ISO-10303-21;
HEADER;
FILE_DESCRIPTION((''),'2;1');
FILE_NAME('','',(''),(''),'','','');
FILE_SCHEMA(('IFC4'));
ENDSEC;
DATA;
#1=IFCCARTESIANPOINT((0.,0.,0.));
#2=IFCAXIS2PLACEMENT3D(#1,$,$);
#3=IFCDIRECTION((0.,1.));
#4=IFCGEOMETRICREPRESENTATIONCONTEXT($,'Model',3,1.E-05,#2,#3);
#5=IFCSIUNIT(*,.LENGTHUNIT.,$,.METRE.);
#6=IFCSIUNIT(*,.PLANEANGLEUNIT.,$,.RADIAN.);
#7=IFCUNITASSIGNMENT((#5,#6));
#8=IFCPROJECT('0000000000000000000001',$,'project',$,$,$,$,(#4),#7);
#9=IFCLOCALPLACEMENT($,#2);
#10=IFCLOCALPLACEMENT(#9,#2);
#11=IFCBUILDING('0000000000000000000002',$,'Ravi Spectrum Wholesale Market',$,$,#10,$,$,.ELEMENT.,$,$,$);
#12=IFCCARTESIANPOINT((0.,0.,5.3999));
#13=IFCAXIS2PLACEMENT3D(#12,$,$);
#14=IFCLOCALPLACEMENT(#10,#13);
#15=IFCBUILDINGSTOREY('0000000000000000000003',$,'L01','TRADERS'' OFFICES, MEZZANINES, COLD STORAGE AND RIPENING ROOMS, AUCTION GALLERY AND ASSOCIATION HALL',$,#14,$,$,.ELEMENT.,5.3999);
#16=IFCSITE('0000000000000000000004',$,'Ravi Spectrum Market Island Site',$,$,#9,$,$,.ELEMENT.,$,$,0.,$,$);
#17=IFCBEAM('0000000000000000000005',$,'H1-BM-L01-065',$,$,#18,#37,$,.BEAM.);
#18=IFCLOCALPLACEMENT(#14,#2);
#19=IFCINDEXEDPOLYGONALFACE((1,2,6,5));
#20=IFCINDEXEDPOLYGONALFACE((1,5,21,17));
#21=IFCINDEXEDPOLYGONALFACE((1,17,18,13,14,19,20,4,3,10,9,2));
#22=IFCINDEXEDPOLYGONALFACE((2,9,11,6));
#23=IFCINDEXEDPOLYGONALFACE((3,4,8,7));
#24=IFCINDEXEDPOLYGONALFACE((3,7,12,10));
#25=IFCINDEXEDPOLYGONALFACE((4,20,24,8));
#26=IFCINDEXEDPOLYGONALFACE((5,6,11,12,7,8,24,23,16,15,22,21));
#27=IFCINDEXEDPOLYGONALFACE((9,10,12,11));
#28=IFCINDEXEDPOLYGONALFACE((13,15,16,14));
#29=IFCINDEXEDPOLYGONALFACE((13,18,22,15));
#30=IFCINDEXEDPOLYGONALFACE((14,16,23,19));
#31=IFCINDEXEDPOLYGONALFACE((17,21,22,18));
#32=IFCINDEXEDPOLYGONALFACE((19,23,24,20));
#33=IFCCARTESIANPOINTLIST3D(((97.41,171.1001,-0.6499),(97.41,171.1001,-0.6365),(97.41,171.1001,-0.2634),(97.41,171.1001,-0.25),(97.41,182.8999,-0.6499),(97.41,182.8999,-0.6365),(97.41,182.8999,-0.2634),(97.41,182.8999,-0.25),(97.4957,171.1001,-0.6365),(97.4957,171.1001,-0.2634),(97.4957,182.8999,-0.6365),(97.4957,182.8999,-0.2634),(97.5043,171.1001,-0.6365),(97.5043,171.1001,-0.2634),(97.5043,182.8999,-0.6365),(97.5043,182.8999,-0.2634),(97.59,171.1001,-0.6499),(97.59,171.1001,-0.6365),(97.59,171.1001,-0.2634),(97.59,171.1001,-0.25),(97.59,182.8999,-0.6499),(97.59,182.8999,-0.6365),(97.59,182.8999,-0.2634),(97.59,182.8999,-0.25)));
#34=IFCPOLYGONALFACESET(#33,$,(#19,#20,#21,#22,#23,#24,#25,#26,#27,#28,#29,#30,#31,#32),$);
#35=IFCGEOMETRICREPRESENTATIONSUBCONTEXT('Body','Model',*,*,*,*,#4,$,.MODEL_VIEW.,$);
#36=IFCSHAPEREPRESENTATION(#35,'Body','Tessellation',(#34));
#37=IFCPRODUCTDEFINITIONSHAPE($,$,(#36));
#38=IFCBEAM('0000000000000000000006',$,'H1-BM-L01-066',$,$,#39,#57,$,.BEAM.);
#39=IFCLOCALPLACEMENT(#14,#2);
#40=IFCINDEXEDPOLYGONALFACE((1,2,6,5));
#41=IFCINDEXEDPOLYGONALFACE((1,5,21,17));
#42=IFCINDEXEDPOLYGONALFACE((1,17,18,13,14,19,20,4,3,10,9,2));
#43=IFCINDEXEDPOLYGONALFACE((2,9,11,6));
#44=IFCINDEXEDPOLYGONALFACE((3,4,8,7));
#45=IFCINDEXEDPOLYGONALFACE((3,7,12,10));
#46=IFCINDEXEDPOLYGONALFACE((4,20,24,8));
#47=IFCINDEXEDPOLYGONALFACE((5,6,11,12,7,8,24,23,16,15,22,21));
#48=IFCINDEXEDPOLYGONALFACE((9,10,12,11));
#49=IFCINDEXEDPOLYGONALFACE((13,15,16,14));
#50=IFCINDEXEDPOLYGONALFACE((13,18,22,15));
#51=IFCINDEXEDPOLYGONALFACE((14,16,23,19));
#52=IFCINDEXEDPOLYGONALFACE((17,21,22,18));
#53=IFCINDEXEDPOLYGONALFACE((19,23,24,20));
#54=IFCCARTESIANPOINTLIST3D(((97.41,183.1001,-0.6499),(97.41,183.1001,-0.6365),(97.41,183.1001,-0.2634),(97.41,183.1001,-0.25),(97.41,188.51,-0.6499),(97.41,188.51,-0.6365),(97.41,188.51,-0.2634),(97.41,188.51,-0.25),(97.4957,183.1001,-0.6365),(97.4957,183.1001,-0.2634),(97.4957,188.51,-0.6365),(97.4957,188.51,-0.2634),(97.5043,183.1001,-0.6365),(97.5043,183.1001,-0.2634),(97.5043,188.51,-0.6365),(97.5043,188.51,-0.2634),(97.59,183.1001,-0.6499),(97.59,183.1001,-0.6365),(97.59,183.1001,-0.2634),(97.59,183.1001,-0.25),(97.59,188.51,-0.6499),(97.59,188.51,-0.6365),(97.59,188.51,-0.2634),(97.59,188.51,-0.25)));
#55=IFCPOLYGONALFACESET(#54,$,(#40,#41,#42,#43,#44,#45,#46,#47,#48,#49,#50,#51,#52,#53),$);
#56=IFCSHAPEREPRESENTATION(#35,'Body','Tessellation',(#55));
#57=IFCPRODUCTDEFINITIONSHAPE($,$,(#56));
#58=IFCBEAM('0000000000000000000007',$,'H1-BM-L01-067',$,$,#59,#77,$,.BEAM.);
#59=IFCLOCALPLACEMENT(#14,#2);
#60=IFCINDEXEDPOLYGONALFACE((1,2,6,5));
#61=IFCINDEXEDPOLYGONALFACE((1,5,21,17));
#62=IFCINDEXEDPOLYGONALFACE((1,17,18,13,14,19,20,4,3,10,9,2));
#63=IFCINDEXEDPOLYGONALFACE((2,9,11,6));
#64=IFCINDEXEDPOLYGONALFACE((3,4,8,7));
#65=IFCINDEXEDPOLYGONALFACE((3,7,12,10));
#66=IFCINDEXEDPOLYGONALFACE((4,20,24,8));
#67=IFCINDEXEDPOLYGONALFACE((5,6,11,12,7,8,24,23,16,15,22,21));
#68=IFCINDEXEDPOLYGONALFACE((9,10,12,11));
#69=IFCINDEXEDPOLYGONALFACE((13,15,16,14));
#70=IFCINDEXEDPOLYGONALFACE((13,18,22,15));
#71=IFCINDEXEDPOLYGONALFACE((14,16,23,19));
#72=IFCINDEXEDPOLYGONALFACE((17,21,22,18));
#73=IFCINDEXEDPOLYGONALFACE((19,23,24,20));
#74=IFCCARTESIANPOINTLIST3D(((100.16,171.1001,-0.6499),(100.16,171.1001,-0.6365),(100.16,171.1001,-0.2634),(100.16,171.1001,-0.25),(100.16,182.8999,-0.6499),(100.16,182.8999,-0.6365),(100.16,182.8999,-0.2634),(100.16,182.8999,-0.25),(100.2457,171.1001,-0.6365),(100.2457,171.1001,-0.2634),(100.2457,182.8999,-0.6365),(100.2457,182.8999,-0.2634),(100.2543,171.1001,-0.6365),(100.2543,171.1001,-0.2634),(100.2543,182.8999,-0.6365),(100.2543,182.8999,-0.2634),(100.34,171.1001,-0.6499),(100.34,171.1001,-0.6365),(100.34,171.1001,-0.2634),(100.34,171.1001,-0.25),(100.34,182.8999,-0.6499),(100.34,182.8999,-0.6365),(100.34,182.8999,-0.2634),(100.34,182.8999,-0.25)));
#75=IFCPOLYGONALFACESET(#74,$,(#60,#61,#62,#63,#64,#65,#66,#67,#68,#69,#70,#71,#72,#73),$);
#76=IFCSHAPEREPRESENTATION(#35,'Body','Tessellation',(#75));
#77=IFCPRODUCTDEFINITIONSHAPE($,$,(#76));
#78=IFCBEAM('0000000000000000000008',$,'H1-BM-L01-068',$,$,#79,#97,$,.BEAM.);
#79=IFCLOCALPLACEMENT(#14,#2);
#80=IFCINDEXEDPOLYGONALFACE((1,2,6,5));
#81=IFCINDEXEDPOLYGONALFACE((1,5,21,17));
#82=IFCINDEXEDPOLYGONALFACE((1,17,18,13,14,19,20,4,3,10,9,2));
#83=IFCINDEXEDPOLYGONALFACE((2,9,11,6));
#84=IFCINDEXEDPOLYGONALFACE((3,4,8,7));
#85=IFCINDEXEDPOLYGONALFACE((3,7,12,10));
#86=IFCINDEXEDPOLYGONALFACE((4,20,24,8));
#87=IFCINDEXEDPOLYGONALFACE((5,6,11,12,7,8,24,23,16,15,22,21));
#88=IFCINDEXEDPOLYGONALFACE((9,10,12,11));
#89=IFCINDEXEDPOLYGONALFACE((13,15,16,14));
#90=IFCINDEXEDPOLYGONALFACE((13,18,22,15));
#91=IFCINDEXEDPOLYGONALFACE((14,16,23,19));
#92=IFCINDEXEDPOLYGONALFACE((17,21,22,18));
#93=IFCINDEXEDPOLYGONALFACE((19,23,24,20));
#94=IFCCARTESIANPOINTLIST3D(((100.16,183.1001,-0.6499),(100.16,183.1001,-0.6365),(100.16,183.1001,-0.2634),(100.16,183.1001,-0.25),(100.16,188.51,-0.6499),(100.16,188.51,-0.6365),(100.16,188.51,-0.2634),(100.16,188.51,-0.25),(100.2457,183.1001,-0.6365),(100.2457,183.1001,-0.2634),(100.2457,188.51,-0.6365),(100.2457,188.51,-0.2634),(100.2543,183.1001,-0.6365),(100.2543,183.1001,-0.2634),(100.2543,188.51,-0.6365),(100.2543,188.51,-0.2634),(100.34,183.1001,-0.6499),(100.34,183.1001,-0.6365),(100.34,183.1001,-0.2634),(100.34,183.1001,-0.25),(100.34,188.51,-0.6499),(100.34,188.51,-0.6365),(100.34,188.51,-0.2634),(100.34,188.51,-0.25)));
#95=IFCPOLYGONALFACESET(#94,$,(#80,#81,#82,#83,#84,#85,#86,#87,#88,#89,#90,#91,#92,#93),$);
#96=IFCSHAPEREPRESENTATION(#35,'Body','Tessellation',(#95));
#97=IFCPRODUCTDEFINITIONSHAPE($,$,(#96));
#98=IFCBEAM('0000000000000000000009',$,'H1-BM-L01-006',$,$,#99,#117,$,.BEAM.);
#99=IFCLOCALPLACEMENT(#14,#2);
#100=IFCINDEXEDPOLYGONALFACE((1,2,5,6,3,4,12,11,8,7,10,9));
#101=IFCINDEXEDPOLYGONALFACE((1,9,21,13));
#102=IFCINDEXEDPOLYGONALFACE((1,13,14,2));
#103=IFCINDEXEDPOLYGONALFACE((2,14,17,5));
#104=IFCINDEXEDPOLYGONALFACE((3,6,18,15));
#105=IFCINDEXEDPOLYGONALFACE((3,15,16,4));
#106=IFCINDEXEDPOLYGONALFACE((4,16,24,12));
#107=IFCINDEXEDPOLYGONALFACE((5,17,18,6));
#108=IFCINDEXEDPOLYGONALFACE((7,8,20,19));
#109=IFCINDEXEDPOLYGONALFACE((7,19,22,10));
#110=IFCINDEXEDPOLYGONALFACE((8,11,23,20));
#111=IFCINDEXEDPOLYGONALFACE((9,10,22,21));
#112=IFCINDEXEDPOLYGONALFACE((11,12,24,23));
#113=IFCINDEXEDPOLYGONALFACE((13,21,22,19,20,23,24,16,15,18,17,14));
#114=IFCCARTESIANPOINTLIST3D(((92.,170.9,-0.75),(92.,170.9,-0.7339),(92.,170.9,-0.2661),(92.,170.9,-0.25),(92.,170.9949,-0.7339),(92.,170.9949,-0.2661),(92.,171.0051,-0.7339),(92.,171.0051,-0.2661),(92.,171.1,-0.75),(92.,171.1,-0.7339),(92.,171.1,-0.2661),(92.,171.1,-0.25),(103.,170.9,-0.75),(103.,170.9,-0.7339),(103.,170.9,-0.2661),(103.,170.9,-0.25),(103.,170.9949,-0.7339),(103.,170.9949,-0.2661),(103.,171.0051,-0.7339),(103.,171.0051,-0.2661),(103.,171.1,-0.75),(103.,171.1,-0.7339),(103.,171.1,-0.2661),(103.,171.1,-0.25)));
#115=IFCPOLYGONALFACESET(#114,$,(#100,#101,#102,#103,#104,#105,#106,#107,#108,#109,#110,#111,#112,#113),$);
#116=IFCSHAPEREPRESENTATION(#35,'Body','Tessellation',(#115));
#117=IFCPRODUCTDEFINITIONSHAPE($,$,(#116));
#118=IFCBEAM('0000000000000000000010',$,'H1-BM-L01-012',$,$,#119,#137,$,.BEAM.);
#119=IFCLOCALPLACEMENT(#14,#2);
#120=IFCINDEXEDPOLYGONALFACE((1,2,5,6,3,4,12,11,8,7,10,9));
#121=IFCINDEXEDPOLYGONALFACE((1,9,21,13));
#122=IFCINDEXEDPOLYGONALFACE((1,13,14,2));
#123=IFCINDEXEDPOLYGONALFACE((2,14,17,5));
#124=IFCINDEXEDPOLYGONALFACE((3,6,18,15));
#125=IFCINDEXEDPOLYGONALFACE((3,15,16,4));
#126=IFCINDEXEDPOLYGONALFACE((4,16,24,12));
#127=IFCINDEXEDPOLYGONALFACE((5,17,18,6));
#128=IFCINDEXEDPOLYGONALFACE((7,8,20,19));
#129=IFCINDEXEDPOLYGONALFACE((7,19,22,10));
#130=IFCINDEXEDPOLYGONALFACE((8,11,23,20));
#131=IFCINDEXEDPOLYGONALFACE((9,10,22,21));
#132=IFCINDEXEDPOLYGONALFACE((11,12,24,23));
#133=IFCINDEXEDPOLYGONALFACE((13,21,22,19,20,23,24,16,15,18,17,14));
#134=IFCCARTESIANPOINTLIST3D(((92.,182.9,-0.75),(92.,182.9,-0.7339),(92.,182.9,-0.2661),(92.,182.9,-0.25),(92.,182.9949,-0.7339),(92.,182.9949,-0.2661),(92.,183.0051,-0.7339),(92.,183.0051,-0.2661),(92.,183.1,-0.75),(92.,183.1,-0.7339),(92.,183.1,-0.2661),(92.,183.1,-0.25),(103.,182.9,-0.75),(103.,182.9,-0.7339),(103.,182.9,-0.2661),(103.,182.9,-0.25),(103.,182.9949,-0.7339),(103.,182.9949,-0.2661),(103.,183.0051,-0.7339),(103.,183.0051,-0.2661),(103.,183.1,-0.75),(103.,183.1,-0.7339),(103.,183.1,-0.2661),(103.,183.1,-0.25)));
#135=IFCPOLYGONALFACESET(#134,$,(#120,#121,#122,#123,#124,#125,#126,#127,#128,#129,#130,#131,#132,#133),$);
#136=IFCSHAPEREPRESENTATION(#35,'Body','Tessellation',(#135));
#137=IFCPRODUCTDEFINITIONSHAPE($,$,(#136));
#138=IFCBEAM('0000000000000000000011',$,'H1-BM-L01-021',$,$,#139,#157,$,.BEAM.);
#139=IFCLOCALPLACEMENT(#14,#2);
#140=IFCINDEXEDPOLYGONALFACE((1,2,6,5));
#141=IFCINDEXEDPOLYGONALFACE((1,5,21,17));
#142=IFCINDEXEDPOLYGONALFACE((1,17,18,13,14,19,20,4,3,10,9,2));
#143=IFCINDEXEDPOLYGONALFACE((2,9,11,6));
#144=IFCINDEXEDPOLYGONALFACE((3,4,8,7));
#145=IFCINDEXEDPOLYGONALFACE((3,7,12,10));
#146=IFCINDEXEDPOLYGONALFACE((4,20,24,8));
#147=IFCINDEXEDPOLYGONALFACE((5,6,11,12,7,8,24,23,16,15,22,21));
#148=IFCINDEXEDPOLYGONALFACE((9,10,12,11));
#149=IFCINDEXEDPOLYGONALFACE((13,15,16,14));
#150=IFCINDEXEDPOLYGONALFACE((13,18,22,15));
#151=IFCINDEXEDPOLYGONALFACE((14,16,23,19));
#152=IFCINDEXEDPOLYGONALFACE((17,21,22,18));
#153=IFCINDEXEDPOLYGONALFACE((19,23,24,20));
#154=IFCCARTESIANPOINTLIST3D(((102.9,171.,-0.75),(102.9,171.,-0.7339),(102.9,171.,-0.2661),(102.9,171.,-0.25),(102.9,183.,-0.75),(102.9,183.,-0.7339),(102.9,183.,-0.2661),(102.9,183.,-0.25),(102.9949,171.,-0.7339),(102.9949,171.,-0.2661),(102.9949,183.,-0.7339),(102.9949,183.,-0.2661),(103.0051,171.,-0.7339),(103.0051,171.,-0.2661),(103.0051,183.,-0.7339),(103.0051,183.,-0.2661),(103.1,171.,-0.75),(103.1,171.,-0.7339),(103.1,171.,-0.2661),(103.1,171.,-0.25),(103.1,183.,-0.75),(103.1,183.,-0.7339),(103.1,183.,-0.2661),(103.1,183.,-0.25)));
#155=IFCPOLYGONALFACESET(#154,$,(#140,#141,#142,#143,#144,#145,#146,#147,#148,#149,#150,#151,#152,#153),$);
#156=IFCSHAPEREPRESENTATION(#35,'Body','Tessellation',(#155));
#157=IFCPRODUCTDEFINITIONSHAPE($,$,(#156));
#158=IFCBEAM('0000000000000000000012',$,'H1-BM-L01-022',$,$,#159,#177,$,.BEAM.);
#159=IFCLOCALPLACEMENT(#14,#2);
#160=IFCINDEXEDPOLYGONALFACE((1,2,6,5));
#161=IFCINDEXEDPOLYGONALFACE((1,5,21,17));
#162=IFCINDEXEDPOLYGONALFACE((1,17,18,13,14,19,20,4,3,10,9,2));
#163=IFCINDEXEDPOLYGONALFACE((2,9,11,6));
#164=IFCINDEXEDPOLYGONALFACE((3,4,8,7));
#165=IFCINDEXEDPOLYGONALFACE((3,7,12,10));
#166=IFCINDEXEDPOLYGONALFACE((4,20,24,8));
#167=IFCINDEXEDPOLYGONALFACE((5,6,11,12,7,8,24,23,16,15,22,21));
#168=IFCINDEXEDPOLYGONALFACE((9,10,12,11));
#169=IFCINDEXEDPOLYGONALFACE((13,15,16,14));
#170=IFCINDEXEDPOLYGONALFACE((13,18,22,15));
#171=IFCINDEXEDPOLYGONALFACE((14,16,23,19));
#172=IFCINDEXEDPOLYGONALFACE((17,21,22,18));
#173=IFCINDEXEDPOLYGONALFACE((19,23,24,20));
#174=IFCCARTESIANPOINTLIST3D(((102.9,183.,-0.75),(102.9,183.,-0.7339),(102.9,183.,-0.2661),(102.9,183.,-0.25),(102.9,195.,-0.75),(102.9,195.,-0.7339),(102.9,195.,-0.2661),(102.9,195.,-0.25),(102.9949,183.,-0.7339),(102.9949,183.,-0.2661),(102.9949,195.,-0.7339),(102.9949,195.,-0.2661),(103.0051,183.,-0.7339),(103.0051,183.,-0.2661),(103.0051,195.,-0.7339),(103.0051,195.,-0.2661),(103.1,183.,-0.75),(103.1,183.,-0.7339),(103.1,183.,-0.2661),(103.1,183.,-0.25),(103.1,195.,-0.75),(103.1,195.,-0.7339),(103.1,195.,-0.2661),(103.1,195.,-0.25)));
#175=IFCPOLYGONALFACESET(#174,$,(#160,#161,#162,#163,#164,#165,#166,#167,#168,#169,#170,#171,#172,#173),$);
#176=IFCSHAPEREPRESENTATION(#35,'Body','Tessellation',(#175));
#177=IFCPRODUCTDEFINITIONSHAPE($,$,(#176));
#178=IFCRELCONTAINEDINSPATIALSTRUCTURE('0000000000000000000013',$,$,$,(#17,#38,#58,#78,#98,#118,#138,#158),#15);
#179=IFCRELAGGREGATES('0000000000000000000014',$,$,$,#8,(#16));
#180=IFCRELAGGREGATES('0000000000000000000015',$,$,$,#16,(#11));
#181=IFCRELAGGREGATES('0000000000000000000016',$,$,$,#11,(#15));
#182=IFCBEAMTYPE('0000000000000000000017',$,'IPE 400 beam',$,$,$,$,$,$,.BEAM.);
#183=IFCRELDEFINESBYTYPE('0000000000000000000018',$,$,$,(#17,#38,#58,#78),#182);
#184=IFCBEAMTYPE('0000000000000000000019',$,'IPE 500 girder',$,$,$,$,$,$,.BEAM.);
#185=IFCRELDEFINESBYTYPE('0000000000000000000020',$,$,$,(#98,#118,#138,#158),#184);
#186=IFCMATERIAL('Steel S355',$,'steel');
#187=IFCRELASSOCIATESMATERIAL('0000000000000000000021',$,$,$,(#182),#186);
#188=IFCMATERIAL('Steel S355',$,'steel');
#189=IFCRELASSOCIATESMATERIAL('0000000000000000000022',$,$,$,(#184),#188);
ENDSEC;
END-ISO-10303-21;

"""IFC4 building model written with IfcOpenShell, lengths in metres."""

from ifc_helpers import new_model, si_unit, direction, frame, origin, origin_2d, place, context, subcontext, project, spatial, i_section, extrude, material, material_profile, profile_set, type_object, element, save


model = new_model("IFC4")

# Units and contexts
model_context = context("Model", 3, precision=1e-05, world=origin(), true_north=direction((0.0, 1.0)))
body_context = subcontext(model_context, "Body", "Model", "MODEL_VIEW")
ifc_project = project(units=[si_unit("LENGTHUNIT", "METRE"), si_unit("PLANEANGLEUNIT", "RADIAN")], contexts=[model_context])

# Site, building, storey
site_placement = place(None, origin())
site = spatial("IfcSite", under=ifc_project, at=site_placement, Name="Ravi Spectrum Market Island Site", CompositionType="ELEMENT", RefElevation=0.0)
building_placement = place(site_placement, origin())
building = spatial("IfcBuilding", under=site, at=building_placement, Name="Ravi Spectrum Wholesale Market", CompositionType="ELEMENT")
storey_placement = place(building_placement, frame((0.0, 0.0, 5.3999)))
storey = spatial("IfcBuildingStorey", under=building, at=storey_placement, Name="L01", Description="TRADERS' OFFICES, MEZZANINES, COLD STORAGE AND RIPENING ROOMS, AUCTION GALLERY AND ASSOCIATION HALL", CompositionType="ELEMENT", Elevation=5.3999)

# Beams
ifc_material_1 = material(Name="Steel S355", Category="steel")
ifc_material_profile_1 = material_profile(ifc_material_1, i_section(OverallWidth=0.1799, OverallDepth=0.3999, WebThickness=0.0085, FlangeThickness=0.0134, at=origin_2d()))
ifc_profile_set_1 = profile_set([ifc_material_profile_1], Name="Steel S355")
beam_type_1 = type_object("IfcBeamType", Name="IPE 400 beam", PredefinedType="BEAM", material=ifc_profile_set_1)
for number, where, z_axis, x_axis, name in (
    (1, (97.5, 171.1001, -0.45), (0.0, 1.0, 0.0), (-1.0, 0.0, 0.0), "H1-BM-L01-065"),
):
    element("IfcBeam", number, at=place(storey_placement, frame(where, z_axis=z_axis, x_axis=x_axis)), inside=storey, type_object=beam_type_1, Name=name, PredefinedType="BEAM", context=body_context, shape_type="SweptSolid", body=[
        extrude(i_section(OverallWidth=0.1799, OverallDepth=0.3999, WebThickness=0.0085, FlangeThickness=0.0134, at=origin_2d()), origin(), (0.0, 0.0, 1.0), 11.7998),
    ])
beam_1_placement = place(storey_placement, frame((97.5, 183.1001, -0.45), z_axis=(0.0, 1.0, 0.0), x_axis=(-1.0, 0.0, 0.0)))
element("IfcBeam", 2, at=beam_1_placement, inside=storey, type_object=beam_type_1, Name="H1-BM-L01-066", PredefinedType="BEAM", context=body_context, shape_type="SweptSolid", body=[
    extrude(i_section(OverallWidth=0.1799, OverallDepth=0.3999, WebThickness=0.0085, FlangeThickness=0.0134, at=origin_2d()), origin(), (0.0, 0.0, 1.0), 5.4099),
])
beam_2_placement = place(storey_placement, frame((100.25, 171.1001, -0.45), z_axis=(0.0, 1.0, 0.0), x_axis=(-1.0, 0.0, 0.0)))
element("IfcBeam", 3, at=beam_2_placement, inside=storey, type_object=beam_type_1, Name="H1-BM-L01-067", PredefinedType="BEAM", context=body_context, shape_type="SweptSolid", body=[
    extrude(i_section(OverallWidth=0.1799, OverallDepth=0.3999, WebThickness=0.0085, FlangeThickness=0.0134, at=origin_2d()), origin(), (0.0, 0.0, 1.0), 11.7998),
])
beam_3_placement = place(storey_placement, frame((100.25, 183.1001, -0.45), z_axis=(0.0, 1.0, 0.0), x_axis=(-1.0, 0.0, 0.0)))
element("IfcBeam", 4, at=beam_3_placement, inside=storey, type_object=beam_type_1, Name="H1-BM-L01-068", PredefinedType="BEAM", context=body_context, shape_type="SweptSolid", body=[
    extrude(i_section(OverallWidth=0.1799, OverallDepth=0.3999, WebThickness=0.0085, FlangeThickness=0.0134, at=origin_2d()), origin(), (0.0, 0.0, 1.0), 5.4099),
])
ifc_material_2 = material(Name="Steel S355", Category="steel")
ifc_material_profile_2 = material_profile(ifc_material_2, i_section(OverallWidth=0.2, OverallDepth=0.5, WebThickness=0.0103, FlangeThickness=0.0161, at=origin_2d()))
ifc_profile_set_2 = profile_set([ifc_material_profile_2], Name="Steel S355")
beam_type_2 = type_object("IfcBeamType", Name="IPE 500 girder", PredefinedType="BEAM", material=ifc_profile_set_2)
for number, where, z_axis, x_axis, name in (
    (5, (92.0, 171.0, -0.5), (1.0, 0.0, 0.0), (0.0, 1.0, 0.0), "H1-BM-L01-006"),
    (6, (92.0, 183.0, -0.5), (1.0, 0.0, 0.0), (0.0, 1.0, 0.0), "H1-BM-L01-012"),
):
    element("IfcBeam", number, at=place(storey_placement, frame(where, z_axis=z_axis, x_axis=x_axis)), inside=storey, type_object=beam_type_2, Name=name, PredefinedType="BEAM", context=body_context, shape_type="SweptSolid", body=[
        extrude(i_section(OverallWidth=0.2, OverallDepth=0.5, WebThickness=0.0103, FlangeThickness=0.0161, at=origin_2d()), origin(), (0.0, 0.0, 1.0), 11.0),
    ])
for number, where, z_axis, x_axis, name in (
    (7, (103.0, 171.0, -0.5), (0.0, 1.0, 0.0), (-1.0, 0.0, 0.0), "H1-BM-L01-021"),
    (8, (103.0, 183.0, -0.5), (0.0, 1.0, 0.0), (-1.0, 0.0, 0.0), "H1-BM-L01-022"),
):
    element("IfcBeam", number, at=place(storey_placement, frame(where, z_axis=z_axis, x_axis=x_axis)), inside=storey, type_object=beam_type_2, Name=name, PredefinedType="BEAM", context=body_context, shape_type="SweptSolid", body=[
        extrude(i_section(OverallWidth=0.2, OverallDepth=0.5, WebThickness=0.0103, FlangeThickness=0.0161, at=origin_2d()), origin(), (0.0, 0.0, 1.0), 12.0),
    ])

save(model, "model.ifc")
